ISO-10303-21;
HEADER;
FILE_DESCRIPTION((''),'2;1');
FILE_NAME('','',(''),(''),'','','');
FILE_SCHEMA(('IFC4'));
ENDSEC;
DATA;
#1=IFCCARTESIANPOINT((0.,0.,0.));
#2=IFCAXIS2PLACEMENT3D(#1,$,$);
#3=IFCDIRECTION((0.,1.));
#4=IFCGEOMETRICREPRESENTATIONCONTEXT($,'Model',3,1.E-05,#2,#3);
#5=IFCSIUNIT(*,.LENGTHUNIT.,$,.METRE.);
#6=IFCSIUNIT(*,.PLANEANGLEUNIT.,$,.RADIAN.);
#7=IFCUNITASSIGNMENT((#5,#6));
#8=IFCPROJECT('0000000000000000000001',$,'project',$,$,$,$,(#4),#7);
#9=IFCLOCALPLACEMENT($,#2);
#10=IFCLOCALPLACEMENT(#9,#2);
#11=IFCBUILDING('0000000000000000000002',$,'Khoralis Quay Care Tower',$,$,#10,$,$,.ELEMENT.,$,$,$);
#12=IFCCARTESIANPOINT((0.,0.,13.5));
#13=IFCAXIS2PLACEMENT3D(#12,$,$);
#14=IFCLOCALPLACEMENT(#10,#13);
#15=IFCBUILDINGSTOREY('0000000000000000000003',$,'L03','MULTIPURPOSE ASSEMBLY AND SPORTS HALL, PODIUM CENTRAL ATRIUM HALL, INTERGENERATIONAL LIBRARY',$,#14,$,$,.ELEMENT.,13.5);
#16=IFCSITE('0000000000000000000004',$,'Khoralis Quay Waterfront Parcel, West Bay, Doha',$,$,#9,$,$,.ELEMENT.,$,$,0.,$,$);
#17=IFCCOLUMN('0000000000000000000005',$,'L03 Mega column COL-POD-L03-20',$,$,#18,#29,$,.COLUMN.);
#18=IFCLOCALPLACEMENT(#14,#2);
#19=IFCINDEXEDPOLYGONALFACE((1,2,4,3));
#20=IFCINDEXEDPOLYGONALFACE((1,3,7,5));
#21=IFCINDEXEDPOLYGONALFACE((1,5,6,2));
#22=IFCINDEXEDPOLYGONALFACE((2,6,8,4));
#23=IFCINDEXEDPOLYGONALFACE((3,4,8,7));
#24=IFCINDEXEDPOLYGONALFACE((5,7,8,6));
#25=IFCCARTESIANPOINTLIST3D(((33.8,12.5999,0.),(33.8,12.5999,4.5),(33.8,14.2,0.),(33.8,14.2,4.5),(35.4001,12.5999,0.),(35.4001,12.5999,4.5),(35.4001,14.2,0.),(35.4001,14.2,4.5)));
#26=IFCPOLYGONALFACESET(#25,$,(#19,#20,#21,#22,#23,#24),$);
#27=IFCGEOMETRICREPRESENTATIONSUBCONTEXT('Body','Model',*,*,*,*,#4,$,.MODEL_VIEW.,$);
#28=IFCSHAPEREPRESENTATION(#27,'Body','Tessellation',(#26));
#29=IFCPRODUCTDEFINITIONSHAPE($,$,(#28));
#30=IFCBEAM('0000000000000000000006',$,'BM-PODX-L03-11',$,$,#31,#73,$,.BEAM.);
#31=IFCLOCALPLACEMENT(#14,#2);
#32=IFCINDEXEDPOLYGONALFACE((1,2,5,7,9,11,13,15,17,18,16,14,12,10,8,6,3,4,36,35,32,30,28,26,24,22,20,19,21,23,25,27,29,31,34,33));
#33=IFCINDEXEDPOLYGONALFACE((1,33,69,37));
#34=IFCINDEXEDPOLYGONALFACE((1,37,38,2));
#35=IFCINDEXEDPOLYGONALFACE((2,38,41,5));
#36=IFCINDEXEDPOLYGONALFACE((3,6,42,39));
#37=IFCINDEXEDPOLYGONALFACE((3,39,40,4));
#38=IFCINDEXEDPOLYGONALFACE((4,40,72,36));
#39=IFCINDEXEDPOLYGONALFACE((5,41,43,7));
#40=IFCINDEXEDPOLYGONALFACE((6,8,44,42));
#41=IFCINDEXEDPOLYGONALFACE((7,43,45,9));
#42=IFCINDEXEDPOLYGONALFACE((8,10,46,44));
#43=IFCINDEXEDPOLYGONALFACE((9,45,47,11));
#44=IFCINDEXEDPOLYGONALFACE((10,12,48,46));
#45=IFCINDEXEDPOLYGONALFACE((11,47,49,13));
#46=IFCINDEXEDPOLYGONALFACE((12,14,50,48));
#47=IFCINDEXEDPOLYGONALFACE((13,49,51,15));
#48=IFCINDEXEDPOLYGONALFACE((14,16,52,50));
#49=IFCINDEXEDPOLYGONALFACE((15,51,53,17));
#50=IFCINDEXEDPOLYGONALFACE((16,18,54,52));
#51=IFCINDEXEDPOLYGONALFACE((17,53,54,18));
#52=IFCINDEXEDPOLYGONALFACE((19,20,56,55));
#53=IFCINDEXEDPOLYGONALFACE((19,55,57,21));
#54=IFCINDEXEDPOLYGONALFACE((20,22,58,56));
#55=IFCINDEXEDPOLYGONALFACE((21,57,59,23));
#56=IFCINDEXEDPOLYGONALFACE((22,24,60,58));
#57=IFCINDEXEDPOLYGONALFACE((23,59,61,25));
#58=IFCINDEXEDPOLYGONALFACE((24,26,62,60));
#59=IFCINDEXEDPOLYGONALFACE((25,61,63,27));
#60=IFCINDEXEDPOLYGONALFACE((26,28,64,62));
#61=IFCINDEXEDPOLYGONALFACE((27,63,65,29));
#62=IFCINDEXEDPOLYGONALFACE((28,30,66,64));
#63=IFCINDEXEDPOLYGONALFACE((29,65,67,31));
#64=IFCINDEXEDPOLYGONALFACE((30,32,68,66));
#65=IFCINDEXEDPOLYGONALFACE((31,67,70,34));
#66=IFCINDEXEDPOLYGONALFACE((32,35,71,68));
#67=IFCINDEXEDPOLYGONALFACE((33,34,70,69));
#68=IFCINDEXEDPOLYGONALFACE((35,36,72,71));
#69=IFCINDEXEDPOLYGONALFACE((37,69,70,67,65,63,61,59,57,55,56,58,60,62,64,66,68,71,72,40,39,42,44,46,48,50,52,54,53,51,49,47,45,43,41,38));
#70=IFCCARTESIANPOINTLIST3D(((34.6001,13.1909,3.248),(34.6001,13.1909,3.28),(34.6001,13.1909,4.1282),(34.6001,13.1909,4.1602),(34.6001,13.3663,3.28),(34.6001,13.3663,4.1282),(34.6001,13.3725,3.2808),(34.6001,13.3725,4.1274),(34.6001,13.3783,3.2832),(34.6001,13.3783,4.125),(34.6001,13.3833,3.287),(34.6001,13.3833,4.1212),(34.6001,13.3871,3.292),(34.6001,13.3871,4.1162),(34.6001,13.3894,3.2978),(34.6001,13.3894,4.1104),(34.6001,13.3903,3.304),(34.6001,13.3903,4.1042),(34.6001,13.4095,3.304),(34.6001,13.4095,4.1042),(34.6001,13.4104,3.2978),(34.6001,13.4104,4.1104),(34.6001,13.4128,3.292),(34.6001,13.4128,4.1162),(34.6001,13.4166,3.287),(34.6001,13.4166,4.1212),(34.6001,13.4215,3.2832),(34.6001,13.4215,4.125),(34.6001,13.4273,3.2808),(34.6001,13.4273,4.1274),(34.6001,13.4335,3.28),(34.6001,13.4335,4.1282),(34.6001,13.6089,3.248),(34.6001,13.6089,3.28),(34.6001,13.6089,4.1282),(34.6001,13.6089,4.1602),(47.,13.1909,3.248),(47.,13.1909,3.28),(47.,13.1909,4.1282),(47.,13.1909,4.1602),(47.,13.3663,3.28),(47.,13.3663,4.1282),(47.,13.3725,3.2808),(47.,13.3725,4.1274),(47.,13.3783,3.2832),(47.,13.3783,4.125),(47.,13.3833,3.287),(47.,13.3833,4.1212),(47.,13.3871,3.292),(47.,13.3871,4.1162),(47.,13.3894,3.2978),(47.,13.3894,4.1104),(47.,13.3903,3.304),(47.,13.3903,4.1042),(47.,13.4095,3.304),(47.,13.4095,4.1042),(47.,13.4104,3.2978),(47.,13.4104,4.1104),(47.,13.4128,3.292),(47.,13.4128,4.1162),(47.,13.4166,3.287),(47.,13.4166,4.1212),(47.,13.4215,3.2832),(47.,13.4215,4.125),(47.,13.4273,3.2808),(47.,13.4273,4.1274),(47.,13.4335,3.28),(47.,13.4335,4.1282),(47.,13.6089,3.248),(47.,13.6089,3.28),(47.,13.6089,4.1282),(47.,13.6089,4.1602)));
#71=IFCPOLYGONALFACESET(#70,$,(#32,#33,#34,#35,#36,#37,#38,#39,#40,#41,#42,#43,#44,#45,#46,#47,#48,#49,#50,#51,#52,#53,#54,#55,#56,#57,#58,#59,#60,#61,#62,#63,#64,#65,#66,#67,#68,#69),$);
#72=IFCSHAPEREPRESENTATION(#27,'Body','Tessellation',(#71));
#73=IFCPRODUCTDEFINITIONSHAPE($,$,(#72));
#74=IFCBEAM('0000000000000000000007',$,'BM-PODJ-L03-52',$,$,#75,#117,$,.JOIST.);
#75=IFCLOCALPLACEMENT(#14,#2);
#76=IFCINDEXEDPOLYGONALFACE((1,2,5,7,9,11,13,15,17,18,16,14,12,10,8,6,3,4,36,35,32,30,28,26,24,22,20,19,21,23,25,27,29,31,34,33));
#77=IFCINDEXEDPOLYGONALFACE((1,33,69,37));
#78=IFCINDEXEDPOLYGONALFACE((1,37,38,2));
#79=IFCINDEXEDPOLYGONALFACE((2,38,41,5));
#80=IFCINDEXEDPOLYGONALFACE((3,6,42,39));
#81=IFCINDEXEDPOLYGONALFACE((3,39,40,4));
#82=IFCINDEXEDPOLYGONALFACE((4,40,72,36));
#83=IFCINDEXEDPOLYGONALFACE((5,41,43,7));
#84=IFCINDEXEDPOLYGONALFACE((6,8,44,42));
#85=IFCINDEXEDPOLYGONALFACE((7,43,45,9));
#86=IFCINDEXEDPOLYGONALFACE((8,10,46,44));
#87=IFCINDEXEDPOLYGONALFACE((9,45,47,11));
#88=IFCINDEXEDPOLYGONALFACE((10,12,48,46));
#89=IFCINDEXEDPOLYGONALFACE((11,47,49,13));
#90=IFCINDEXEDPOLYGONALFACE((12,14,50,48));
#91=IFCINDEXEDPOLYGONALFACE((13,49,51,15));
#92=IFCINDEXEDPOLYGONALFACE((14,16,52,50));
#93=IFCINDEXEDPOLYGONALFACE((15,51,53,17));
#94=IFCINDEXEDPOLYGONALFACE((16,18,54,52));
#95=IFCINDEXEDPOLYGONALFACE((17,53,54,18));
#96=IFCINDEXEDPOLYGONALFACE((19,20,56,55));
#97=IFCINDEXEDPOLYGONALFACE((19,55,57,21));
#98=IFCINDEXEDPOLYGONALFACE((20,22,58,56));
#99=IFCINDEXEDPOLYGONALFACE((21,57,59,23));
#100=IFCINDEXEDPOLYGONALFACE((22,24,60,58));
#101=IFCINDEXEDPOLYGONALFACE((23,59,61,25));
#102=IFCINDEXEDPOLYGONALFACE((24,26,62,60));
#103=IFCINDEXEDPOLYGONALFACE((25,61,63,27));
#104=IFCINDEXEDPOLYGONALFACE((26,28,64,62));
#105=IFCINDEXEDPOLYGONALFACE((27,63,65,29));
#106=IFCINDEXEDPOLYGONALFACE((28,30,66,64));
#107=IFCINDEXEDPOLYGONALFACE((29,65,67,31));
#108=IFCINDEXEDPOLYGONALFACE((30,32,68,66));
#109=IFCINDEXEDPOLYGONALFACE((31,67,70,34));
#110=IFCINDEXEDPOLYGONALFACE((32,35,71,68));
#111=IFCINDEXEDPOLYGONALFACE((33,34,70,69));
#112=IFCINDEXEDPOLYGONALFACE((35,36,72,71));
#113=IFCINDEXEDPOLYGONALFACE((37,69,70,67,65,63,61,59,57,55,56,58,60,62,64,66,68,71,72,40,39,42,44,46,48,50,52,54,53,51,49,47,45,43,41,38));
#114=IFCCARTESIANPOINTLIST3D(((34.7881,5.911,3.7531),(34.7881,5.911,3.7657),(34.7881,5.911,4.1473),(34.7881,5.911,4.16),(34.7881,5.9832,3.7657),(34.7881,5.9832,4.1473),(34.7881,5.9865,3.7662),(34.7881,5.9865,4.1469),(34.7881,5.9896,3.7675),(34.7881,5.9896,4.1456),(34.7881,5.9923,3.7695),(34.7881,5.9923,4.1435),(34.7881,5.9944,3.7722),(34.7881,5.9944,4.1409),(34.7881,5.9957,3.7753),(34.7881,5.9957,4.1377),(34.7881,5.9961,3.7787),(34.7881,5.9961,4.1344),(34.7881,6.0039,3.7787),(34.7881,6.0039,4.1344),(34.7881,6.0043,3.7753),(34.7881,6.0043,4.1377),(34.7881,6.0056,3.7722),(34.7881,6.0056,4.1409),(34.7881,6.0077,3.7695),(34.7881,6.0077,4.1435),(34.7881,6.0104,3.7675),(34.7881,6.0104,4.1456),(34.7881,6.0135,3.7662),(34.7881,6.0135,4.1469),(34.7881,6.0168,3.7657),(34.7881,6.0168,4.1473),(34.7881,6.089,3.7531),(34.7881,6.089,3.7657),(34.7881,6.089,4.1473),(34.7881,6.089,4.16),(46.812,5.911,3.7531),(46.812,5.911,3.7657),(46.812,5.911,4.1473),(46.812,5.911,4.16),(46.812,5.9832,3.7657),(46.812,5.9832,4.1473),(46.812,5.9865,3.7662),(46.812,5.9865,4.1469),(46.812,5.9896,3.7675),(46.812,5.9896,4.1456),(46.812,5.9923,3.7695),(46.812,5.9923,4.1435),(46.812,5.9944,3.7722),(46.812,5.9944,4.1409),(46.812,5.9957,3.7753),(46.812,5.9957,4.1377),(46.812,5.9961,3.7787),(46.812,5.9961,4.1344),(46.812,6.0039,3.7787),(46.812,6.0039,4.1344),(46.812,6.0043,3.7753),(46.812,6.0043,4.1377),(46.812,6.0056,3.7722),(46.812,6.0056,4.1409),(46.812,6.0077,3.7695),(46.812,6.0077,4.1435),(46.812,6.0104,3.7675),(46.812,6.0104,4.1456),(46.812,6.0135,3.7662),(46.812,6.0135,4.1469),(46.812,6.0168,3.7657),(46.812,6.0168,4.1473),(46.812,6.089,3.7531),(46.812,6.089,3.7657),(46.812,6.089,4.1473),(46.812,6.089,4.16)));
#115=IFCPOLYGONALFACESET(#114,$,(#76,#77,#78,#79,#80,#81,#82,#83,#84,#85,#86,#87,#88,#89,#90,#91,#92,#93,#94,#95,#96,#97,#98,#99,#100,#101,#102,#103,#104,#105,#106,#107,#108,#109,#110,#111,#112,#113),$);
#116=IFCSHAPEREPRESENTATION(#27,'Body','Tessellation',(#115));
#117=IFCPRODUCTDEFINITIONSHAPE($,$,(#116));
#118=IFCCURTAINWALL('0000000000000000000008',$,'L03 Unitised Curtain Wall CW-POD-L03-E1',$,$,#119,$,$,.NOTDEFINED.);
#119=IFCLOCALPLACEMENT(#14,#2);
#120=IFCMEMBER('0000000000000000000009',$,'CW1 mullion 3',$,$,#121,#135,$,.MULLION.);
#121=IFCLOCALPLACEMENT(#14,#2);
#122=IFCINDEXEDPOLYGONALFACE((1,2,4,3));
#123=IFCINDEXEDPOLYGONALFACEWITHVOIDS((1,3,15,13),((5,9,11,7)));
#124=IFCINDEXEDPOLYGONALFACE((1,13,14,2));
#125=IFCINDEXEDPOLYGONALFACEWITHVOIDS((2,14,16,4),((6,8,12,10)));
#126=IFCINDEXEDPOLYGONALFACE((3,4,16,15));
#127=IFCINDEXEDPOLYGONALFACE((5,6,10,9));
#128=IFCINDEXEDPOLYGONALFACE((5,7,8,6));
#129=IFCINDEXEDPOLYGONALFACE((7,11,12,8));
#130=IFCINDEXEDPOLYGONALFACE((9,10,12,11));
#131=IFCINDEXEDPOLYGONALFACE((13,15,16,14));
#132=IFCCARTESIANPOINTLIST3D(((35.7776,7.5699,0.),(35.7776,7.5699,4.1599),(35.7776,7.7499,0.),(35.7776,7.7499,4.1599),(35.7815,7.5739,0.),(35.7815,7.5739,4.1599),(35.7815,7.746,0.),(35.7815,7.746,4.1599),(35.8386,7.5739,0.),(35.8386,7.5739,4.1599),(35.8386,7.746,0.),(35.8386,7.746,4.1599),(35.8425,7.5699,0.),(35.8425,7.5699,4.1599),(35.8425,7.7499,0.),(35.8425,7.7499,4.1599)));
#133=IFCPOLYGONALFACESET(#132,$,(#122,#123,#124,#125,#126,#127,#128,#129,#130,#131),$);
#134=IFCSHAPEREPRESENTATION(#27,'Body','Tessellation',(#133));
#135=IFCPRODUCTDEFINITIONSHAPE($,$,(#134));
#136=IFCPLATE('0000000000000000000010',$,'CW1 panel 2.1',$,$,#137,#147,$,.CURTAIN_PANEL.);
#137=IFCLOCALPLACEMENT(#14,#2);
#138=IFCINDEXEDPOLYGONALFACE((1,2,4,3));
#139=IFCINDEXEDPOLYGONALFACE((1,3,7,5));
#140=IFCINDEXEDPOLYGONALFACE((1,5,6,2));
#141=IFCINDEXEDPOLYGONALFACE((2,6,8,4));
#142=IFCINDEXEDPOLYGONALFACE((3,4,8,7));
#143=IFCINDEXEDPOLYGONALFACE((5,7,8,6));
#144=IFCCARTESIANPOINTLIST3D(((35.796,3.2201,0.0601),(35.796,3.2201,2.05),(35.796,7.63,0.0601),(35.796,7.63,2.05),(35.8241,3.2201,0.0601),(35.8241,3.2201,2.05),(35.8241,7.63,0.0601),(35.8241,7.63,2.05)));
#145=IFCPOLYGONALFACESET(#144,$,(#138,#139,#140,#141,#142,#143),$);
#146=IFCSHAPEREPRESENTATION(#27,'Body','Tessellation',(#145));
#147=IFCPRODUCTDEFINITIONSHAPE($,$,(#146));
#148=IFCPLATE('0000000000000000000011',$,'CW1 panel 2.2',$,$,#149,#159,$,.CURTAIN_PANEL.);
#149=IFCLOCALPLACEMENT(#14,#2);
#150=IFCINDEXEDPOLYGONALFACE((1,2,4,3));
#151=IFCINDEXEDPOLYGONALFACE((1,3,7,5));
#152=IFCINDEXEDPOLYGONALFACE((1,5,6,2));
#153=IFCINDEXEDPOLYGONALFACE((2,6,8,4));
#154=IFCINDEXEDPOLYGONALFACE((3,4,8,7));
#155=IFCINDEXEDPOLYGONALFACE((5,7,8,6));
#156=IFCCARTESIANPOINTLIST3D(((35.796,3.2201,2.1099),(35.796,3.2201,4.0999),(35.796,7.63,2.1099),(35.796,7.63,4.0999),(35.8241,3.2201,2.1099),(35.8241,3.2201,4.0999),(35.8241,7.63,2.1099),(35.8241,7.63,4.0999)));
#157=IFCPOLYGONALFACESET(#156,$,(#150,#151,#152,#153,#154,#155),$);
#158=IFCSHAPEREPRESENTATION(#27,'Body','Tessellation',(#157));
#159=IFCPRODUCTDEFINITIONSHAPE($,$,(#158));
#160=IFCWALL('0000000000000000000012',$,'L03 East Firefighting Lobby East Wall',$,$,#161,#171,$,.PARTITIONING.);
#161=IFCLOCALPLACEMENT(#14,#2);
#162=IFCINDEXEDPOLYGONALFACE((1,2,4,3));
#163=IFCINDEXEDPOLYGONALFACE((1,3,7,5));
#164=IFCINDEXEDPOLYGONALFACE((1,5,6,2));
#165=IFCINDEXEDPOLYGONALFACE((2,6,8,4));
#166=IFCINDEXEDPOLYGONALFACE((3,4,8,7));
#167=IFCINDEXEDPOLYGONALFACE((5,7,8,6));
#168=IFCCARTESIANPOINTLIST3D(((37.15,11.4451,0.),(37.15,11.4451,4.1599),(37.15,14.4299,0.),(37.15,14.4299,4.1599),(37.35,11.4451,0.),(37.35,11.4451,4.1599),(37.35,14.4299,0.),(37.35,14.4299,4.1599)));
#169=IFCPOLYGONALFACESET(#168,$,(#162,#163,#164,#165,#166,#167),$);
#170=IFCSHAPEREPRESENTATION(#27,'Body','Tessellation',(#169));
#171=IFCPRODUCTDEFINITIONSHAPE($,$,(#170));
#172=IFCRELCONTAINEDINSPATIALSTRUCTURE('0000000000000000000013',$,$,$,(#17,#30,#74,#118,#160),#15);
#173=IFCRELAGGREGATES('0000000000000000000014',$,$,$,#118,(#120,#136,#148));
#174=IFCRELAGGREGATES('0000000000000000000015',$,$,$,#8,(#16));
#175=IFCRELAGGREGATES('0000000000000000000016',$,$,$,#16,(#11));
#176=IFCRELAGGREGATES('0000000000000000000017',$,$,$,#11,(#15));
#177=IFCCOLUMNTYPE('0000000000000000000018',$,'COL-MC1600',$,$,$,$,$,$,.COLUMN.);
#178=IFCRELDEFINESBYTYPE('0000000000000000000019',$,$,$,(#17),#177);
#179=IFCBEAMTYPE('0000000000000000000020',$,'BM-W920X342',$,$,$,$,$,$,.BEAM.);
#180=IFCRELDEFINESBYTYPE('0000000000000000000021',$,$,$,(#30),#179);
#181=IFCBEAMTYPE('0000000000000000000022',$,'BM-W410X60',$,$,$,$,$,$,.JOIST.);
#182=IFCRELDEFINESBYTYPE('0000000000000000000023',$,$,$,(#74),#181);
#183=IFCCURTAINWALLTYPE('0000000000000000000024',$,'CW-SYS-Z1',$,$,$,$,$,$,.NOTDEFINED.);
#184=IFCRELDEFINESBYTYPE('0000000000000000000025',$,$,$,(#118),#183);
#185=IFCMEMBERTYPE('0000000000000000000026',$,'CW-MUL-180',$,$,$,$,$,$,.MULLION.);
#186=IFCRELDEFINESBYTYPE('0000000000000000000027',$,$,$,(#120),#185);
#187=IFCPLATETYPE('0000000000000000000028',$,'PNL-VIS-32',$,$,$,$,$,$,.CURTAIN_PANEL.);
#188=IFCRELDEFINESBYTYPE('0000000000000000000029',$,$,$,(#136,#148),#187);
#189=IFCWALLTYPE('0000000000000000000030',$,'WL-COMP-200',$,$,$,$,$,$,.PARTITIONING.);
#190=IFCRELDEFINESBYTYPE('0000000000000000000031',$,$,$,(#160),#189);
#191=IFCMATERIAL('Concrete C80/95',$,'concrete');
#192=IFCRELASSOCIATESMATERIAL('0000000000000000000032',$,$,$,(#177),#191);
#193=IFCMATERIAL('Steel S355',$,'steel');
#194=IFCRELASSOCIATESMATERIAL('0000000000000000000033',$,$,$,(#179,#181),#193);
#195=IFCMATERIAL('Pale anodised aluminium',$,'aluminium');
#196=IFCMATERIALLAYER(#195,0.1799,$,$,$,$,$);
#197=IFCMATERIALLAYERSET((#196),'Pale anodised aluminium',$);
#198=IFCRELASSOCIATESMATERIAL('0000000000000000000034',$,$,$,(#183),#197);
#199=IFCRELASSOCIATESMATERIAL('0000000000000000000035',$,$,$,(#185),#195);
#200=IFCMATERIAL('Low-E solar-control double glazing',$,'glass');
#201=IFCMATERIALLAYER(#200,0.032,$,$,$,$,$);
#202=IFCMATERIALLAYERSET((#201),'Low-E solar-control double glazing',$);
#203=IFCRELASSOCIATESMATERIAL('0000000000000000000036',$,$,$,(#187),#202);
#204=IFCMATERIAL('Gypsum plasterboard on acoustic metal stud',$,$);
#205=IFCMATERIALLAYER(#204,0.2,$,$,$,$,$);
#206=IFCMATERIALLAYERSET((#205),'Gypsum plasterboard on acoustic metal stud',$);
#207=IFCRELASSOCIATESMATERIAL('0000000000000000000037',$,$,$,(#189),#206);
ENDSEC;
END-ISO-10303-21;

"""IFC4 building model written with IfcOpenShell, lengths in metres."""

from ifc_helpers import new_model, si_unit, direction, frame, frame_2d, origin, origin_2d, place, context, subcontext, project, spatial, rectangle, hollow_rectangle, i_section, extrude, source, transform, mapped, material, layer, layer_set, material_profile, profile_set, type_object, element, aggregate, save


model = new_model("IFC4")

# Units and contexts
model_context = context("Model", 3, precision=1e-05, world=origin(), true_north=direction((0.0, 1.0)))
body_context = subcontext(model_context, "Body", "Model", "MODEL_VIEW")
ifc_project = project(units=[si_unit("LENGTHUNIT", "METRE"), si_unit("PLANEANGLEUNIT", "RADIAN")], contexts=[model_context])

# Site, building, storey
site_placement = place(None, origin())
site = spatial("IfcSite", under=ifc_project, at=site_placement, Name="Khoralis Quay Waterfront Parcel, West Bay, Doha", CompositionType="ELEMENT", RefElevation=0.0)
building_placement = place(site_placement, origin())
building = spatial("IfcBuilding", under=site, at=building_placement, Name="Khoralis Quay Care Tower", CompositionType="ELEMENT")
storey_placement = place(building_placement, frame((0.0, 0.0, 13.5)))
storey = spatial("IfcBuildingStorey", under=building, at=storey_placement, Name="L03", Description="MULTIPURPOSE ASSEMBLY AND SPORTS HALL, PODIUM CENTRAL ATRIUM HALL, INTERGENERATIONAL LIBRARY", CompositionType="ELEMENT", Elevation=13.5)

# Column
ifc_material_1 = material(Name="Concrete C80/95", Category="concrete")
ifc_material_profile_1 = material_profile(ifc_material_1, rectangle(XDim=1.6001, YDim=1.6001, at=origin_2d()), Name="Concrete C80/95")
ifc_profile_set_1 = profile_set([ifc_material_profile_1], Name="Concrete C80/95")
column_type = type_object("IfcColumnType", Name="COL-MC1600", PredefinedType="COLUMN", material=ifc_profile_set_1)
shared_shape_1 = source(origin(), body_context, "Body", "SweptSolid", [
    extrude(rectangle(XDim=1.6001, YDim=1.6001, at=origin_2d()), origin(), (0.0, 0.0, 1.0), 4.5),
])
column_placement = place(storey_placement, frame((34.6001, 13.3999, 0.0), z_axis=(0.0, 0.0, 1.0), x_axis=(1.0, 0.0, 0.0)))
element("IfcColumn", 1, at=column_placement, inside=storey, type_object=column_type, Name="L03 Mega column COL-POD-L03-20", PredefinedType="COLUMN", context=body_context, shape_type="MappedRepresentation", body=[
    mapped(shared_shape_1, transform((0.0, 0.0, 0.0), scale=1.0)),
])

# Beams
ifc_material_2 = material(Name="Steel S355", Category="steel")
ifc_material_profile_2 = material_profile(ifc_material_2, i_section(OverallWidth=0.418, OverallDepth=0.9121, WebThickness=0.0193, FlangeThickness=0.032, FilletRadius=0.0239, at=origin_2d()), Name="Steel S355")
ifc_profile_set_2 = profile_set([ifc_material_profile_2], Name="Steel S355")
beam_type_1 = type_object("IfcBeamType", Name="BM-W920X342", PredefinedType="BEAM", material=ifc_profile_set_2)
shared_shape_2 = source(origin(), body_context, "Body", "SweptSolid", [
    extrude(i_section(OverallWidth=0.418, OverallDepth=0.9121, WebThickness=0.0193, FlangeThickness=0.032, FilletRadius=0.0239, at=origin_2d()), origin(), (0.0, 0.0, 1.0), 12.3999),
])
beam_1_placement = place(storey_placement, frame((34.6001, 13.3999, 3.7041), z_axis=(1.0, 0.0, 0.0), x_axis=(0.0, 1.0, 0.0)))
element("IfcBeam", 2, at=beam_1_placement, inside=storey, type_object=beam_type_1, Name="BM-PODX-L03-11", PredefinedType="BEAM", context=body_context, shape_type="MappedRepresentation", body=[
    mapped(shared_shape_2, transform((0.0, 0.0, 0.0), scale=1.0)),
])
ifc_material_profile_3 = material_profile(ifc_material_2, i_section(OverallWidth=0.178, OverallDepth=0.407, WebThickness=0.0078, FlangeThickness=0.0127, FilletRadius=0.0129, at=origin_2d()), Name="Steel S355")
ifc_profile_set_3 = profile_set([ifc_material_profile_3], Name="Steel S355")
beam_type_2 = type_object("IfcBeamType", Name="BM-W410X60", PredefinedType="JOIST", material=ifc_profile_set_3)
shared_shape_3 = source(origin(), body_context, "Body", "SweptSolid", [
    extrude(i_section(OverallWidth=0.178, OverallDepth=0.407, WebThickness=0.0078, FlangeThickness=0.0127, FilletRadius=0.0129, at=origin_2d()), origin(), (0.0, 0.0, 1.0), 12.0239),
])
beam_2_placement = place(storey_placement, frame((34.7881, 6.0, 3.9565), z_axis=(1.0, 0.0, 0.0), x_axis=(0.0, 1.0, 0.0)))
element("IfcBeam", 3, at=beam_2_placement, inside=storey, type_object=beam_type_2, Name="BM-PODJ-L03-52", PredefinedType="JOIST", context=body_context, shape_type="MappedRepresentation", body=[
    mapped(shared_shape_3, transform((0.0, 0.0, 0.0), scale=1.0)),
])

# Curtain wall, member, plates
ifc_material_3 = material(Name="Pale anodised aluminium", Category="aluminium")
ifc_layer_1 = layer(ifc_material_3, 0.1799)
ifc_layer_set_1 = layer_set([ifc_layer_1], Name="Pale anodised aluminium")
curtain_wall_type = type_object("IfcCurtainWallType", Name="CW-SYS-Z1", PredefinedType="NOTDEFINED", material=ifc_layer_set_1)
curtain_wall_placement = place(storey_placement, origin())
curtain_wall = element("IfcCurtainWall", 4, at=curtain_wall_placement, inside=storey, type_object=curtain_wall_type, Name="L03 Unitised Curtain Wall CW-POD-L03-E1", PredefinedType="NOTDEFINED")
ifc_material_profile_4 = material_profile(ifc_material_3, hollow_rectangle(XDim=0.0649, YDim=0.1799, WallThickness=0.0039, at=origin_2d()), Name="Pale anodised aluminium")
ifc_profile_set_4 = profile_set([ifc_material_profile_4], Name="Pale anodised aluminium")
member_type = type_object("IfcMemberType", Name="CW-MUL-180", PredefinedType="MULLION", material=ifc_profile_set_4)
shared_shape_4 = source(origin(), body_context, "Body", "SweptSolid", [
    extrude(hollow_rectangle(XDim=0.0649, YDim=0.1799, WallThickness=0.0039, at=origin_2d()), origin(), (0.0, 0.0, 1.0), 4.1599),
])
member_placement = place(storey_placement, frame((35.8101, 7.6599, 0.0), z_axis=(0.0, 0.0, 1.0), x_axis=(-1.0, 0.0, 0.0)))
member = element("IfcMember", 5, at=member_placement, type_object=member_type, Name="CW1 mullion 3", PredefinedType="MULLION", context=body_context, shape_type="MappedRepresentation", body=[
    mapped(shared_shape_4, transform((0.0, 0.0, 0.0), scale=1.0)),
])
ifc_material_4 = material(Name="Low-E solar-control double glazing", Category="glass")
ifc_layer_2 = layer(ifc_material_4, 0.032)
ifc_layer_set_2 = layer_set([ifc_layer_2], Name="Low-E solar-control double glazing")
plate_type = type_object("IfcPlateType", Name="PNL-VIS-32", PredefinedType="CURTAIN_PANEL", material=ifc_layer_set_2)
shared_shape_5 = source(origin(), body_context, "Body", "SweptSolid", [
    extrude(rectangle(XDim=4.4099, YDim=0.0281, at=origin_2d()), origin(), (0.0, 0.0, 1.0), 1.99),
])
plate_1_placement = place(storey_placement, frame((35.8101, 5.425, 0.0601), z_axis=(0.0, 0.0, 1.0), x_axis=(0.0, 1.0, 0.0)))
plate_1 = element("IfcPlate", 6, at=plate_1_placement, type_object=plate_type, Name="CW1 panel 2.1", PredefinedType="CURTAIN_PANEL", context=body_context, shape_type="MappedRepresentation", body=[
    mapped(shared_shape_5, transform((0.0, 0.0, 0.0), scale=1.0)),
])
plate_2_placement = place(storey_placement, frame((35.8101, 5.425, 2.1099), z_axis=(0.0, 0.0, 1.0), x_axis=(0.0, 1.0, 0.0)))
plate_2 = element("IfcPlate", 7, at=plate_2_placement, type_object=plate_type, Name="CW1 panel 2.2", PredefinedType="CURTAIN_PANEL", context=body_context, shape_type="MappedRepresentation", body=[
    mapped(shared_shape_5, transform((0.0, 0.0, 0.0), scale=1.0)),
])
aggregate(curtain_wall, [member, plate_1, plate_2])

# Wall
ifc_material_5 = material(Name="Gypsum plasterboard on acoustic metal stud")
ifc_layer_3 = layer(ifc_material_5, 0.2)
ifc_layer_set_3 = layer_set([ifc_layer_3], Name="Gypsum plasterboard on acoustic metal stud")
wall_type_1 = type_object("IfcWallType", Name="WL-COMP-200", PredefinedType="PARTITIONING", material=ifc_layer_set_3)
wall_1_placement = place(storey_placement, frame((37.25, 11.4451, 0.0), z_axis=(0.0, 0.0, 1.0), x_axis=(0.0, 1.0, 0.0)))
element("IfcWall", 8, at=wall_1_placement, inside=storey, type_object=wall_type_1, Name="L03 East Firefighting Lobby East Wall", PredefinedType="PARTITIONING", context=body_context, shape_type="SweptSolid", body=[
    extrude(rectangle(XDim=2.9849, YDim=0.2, at=frame_2d((1.4924, 0.0))), origin(), (0.0, 0.0, 1.0), 4.1599),
])

save(model, "model.ifc")
